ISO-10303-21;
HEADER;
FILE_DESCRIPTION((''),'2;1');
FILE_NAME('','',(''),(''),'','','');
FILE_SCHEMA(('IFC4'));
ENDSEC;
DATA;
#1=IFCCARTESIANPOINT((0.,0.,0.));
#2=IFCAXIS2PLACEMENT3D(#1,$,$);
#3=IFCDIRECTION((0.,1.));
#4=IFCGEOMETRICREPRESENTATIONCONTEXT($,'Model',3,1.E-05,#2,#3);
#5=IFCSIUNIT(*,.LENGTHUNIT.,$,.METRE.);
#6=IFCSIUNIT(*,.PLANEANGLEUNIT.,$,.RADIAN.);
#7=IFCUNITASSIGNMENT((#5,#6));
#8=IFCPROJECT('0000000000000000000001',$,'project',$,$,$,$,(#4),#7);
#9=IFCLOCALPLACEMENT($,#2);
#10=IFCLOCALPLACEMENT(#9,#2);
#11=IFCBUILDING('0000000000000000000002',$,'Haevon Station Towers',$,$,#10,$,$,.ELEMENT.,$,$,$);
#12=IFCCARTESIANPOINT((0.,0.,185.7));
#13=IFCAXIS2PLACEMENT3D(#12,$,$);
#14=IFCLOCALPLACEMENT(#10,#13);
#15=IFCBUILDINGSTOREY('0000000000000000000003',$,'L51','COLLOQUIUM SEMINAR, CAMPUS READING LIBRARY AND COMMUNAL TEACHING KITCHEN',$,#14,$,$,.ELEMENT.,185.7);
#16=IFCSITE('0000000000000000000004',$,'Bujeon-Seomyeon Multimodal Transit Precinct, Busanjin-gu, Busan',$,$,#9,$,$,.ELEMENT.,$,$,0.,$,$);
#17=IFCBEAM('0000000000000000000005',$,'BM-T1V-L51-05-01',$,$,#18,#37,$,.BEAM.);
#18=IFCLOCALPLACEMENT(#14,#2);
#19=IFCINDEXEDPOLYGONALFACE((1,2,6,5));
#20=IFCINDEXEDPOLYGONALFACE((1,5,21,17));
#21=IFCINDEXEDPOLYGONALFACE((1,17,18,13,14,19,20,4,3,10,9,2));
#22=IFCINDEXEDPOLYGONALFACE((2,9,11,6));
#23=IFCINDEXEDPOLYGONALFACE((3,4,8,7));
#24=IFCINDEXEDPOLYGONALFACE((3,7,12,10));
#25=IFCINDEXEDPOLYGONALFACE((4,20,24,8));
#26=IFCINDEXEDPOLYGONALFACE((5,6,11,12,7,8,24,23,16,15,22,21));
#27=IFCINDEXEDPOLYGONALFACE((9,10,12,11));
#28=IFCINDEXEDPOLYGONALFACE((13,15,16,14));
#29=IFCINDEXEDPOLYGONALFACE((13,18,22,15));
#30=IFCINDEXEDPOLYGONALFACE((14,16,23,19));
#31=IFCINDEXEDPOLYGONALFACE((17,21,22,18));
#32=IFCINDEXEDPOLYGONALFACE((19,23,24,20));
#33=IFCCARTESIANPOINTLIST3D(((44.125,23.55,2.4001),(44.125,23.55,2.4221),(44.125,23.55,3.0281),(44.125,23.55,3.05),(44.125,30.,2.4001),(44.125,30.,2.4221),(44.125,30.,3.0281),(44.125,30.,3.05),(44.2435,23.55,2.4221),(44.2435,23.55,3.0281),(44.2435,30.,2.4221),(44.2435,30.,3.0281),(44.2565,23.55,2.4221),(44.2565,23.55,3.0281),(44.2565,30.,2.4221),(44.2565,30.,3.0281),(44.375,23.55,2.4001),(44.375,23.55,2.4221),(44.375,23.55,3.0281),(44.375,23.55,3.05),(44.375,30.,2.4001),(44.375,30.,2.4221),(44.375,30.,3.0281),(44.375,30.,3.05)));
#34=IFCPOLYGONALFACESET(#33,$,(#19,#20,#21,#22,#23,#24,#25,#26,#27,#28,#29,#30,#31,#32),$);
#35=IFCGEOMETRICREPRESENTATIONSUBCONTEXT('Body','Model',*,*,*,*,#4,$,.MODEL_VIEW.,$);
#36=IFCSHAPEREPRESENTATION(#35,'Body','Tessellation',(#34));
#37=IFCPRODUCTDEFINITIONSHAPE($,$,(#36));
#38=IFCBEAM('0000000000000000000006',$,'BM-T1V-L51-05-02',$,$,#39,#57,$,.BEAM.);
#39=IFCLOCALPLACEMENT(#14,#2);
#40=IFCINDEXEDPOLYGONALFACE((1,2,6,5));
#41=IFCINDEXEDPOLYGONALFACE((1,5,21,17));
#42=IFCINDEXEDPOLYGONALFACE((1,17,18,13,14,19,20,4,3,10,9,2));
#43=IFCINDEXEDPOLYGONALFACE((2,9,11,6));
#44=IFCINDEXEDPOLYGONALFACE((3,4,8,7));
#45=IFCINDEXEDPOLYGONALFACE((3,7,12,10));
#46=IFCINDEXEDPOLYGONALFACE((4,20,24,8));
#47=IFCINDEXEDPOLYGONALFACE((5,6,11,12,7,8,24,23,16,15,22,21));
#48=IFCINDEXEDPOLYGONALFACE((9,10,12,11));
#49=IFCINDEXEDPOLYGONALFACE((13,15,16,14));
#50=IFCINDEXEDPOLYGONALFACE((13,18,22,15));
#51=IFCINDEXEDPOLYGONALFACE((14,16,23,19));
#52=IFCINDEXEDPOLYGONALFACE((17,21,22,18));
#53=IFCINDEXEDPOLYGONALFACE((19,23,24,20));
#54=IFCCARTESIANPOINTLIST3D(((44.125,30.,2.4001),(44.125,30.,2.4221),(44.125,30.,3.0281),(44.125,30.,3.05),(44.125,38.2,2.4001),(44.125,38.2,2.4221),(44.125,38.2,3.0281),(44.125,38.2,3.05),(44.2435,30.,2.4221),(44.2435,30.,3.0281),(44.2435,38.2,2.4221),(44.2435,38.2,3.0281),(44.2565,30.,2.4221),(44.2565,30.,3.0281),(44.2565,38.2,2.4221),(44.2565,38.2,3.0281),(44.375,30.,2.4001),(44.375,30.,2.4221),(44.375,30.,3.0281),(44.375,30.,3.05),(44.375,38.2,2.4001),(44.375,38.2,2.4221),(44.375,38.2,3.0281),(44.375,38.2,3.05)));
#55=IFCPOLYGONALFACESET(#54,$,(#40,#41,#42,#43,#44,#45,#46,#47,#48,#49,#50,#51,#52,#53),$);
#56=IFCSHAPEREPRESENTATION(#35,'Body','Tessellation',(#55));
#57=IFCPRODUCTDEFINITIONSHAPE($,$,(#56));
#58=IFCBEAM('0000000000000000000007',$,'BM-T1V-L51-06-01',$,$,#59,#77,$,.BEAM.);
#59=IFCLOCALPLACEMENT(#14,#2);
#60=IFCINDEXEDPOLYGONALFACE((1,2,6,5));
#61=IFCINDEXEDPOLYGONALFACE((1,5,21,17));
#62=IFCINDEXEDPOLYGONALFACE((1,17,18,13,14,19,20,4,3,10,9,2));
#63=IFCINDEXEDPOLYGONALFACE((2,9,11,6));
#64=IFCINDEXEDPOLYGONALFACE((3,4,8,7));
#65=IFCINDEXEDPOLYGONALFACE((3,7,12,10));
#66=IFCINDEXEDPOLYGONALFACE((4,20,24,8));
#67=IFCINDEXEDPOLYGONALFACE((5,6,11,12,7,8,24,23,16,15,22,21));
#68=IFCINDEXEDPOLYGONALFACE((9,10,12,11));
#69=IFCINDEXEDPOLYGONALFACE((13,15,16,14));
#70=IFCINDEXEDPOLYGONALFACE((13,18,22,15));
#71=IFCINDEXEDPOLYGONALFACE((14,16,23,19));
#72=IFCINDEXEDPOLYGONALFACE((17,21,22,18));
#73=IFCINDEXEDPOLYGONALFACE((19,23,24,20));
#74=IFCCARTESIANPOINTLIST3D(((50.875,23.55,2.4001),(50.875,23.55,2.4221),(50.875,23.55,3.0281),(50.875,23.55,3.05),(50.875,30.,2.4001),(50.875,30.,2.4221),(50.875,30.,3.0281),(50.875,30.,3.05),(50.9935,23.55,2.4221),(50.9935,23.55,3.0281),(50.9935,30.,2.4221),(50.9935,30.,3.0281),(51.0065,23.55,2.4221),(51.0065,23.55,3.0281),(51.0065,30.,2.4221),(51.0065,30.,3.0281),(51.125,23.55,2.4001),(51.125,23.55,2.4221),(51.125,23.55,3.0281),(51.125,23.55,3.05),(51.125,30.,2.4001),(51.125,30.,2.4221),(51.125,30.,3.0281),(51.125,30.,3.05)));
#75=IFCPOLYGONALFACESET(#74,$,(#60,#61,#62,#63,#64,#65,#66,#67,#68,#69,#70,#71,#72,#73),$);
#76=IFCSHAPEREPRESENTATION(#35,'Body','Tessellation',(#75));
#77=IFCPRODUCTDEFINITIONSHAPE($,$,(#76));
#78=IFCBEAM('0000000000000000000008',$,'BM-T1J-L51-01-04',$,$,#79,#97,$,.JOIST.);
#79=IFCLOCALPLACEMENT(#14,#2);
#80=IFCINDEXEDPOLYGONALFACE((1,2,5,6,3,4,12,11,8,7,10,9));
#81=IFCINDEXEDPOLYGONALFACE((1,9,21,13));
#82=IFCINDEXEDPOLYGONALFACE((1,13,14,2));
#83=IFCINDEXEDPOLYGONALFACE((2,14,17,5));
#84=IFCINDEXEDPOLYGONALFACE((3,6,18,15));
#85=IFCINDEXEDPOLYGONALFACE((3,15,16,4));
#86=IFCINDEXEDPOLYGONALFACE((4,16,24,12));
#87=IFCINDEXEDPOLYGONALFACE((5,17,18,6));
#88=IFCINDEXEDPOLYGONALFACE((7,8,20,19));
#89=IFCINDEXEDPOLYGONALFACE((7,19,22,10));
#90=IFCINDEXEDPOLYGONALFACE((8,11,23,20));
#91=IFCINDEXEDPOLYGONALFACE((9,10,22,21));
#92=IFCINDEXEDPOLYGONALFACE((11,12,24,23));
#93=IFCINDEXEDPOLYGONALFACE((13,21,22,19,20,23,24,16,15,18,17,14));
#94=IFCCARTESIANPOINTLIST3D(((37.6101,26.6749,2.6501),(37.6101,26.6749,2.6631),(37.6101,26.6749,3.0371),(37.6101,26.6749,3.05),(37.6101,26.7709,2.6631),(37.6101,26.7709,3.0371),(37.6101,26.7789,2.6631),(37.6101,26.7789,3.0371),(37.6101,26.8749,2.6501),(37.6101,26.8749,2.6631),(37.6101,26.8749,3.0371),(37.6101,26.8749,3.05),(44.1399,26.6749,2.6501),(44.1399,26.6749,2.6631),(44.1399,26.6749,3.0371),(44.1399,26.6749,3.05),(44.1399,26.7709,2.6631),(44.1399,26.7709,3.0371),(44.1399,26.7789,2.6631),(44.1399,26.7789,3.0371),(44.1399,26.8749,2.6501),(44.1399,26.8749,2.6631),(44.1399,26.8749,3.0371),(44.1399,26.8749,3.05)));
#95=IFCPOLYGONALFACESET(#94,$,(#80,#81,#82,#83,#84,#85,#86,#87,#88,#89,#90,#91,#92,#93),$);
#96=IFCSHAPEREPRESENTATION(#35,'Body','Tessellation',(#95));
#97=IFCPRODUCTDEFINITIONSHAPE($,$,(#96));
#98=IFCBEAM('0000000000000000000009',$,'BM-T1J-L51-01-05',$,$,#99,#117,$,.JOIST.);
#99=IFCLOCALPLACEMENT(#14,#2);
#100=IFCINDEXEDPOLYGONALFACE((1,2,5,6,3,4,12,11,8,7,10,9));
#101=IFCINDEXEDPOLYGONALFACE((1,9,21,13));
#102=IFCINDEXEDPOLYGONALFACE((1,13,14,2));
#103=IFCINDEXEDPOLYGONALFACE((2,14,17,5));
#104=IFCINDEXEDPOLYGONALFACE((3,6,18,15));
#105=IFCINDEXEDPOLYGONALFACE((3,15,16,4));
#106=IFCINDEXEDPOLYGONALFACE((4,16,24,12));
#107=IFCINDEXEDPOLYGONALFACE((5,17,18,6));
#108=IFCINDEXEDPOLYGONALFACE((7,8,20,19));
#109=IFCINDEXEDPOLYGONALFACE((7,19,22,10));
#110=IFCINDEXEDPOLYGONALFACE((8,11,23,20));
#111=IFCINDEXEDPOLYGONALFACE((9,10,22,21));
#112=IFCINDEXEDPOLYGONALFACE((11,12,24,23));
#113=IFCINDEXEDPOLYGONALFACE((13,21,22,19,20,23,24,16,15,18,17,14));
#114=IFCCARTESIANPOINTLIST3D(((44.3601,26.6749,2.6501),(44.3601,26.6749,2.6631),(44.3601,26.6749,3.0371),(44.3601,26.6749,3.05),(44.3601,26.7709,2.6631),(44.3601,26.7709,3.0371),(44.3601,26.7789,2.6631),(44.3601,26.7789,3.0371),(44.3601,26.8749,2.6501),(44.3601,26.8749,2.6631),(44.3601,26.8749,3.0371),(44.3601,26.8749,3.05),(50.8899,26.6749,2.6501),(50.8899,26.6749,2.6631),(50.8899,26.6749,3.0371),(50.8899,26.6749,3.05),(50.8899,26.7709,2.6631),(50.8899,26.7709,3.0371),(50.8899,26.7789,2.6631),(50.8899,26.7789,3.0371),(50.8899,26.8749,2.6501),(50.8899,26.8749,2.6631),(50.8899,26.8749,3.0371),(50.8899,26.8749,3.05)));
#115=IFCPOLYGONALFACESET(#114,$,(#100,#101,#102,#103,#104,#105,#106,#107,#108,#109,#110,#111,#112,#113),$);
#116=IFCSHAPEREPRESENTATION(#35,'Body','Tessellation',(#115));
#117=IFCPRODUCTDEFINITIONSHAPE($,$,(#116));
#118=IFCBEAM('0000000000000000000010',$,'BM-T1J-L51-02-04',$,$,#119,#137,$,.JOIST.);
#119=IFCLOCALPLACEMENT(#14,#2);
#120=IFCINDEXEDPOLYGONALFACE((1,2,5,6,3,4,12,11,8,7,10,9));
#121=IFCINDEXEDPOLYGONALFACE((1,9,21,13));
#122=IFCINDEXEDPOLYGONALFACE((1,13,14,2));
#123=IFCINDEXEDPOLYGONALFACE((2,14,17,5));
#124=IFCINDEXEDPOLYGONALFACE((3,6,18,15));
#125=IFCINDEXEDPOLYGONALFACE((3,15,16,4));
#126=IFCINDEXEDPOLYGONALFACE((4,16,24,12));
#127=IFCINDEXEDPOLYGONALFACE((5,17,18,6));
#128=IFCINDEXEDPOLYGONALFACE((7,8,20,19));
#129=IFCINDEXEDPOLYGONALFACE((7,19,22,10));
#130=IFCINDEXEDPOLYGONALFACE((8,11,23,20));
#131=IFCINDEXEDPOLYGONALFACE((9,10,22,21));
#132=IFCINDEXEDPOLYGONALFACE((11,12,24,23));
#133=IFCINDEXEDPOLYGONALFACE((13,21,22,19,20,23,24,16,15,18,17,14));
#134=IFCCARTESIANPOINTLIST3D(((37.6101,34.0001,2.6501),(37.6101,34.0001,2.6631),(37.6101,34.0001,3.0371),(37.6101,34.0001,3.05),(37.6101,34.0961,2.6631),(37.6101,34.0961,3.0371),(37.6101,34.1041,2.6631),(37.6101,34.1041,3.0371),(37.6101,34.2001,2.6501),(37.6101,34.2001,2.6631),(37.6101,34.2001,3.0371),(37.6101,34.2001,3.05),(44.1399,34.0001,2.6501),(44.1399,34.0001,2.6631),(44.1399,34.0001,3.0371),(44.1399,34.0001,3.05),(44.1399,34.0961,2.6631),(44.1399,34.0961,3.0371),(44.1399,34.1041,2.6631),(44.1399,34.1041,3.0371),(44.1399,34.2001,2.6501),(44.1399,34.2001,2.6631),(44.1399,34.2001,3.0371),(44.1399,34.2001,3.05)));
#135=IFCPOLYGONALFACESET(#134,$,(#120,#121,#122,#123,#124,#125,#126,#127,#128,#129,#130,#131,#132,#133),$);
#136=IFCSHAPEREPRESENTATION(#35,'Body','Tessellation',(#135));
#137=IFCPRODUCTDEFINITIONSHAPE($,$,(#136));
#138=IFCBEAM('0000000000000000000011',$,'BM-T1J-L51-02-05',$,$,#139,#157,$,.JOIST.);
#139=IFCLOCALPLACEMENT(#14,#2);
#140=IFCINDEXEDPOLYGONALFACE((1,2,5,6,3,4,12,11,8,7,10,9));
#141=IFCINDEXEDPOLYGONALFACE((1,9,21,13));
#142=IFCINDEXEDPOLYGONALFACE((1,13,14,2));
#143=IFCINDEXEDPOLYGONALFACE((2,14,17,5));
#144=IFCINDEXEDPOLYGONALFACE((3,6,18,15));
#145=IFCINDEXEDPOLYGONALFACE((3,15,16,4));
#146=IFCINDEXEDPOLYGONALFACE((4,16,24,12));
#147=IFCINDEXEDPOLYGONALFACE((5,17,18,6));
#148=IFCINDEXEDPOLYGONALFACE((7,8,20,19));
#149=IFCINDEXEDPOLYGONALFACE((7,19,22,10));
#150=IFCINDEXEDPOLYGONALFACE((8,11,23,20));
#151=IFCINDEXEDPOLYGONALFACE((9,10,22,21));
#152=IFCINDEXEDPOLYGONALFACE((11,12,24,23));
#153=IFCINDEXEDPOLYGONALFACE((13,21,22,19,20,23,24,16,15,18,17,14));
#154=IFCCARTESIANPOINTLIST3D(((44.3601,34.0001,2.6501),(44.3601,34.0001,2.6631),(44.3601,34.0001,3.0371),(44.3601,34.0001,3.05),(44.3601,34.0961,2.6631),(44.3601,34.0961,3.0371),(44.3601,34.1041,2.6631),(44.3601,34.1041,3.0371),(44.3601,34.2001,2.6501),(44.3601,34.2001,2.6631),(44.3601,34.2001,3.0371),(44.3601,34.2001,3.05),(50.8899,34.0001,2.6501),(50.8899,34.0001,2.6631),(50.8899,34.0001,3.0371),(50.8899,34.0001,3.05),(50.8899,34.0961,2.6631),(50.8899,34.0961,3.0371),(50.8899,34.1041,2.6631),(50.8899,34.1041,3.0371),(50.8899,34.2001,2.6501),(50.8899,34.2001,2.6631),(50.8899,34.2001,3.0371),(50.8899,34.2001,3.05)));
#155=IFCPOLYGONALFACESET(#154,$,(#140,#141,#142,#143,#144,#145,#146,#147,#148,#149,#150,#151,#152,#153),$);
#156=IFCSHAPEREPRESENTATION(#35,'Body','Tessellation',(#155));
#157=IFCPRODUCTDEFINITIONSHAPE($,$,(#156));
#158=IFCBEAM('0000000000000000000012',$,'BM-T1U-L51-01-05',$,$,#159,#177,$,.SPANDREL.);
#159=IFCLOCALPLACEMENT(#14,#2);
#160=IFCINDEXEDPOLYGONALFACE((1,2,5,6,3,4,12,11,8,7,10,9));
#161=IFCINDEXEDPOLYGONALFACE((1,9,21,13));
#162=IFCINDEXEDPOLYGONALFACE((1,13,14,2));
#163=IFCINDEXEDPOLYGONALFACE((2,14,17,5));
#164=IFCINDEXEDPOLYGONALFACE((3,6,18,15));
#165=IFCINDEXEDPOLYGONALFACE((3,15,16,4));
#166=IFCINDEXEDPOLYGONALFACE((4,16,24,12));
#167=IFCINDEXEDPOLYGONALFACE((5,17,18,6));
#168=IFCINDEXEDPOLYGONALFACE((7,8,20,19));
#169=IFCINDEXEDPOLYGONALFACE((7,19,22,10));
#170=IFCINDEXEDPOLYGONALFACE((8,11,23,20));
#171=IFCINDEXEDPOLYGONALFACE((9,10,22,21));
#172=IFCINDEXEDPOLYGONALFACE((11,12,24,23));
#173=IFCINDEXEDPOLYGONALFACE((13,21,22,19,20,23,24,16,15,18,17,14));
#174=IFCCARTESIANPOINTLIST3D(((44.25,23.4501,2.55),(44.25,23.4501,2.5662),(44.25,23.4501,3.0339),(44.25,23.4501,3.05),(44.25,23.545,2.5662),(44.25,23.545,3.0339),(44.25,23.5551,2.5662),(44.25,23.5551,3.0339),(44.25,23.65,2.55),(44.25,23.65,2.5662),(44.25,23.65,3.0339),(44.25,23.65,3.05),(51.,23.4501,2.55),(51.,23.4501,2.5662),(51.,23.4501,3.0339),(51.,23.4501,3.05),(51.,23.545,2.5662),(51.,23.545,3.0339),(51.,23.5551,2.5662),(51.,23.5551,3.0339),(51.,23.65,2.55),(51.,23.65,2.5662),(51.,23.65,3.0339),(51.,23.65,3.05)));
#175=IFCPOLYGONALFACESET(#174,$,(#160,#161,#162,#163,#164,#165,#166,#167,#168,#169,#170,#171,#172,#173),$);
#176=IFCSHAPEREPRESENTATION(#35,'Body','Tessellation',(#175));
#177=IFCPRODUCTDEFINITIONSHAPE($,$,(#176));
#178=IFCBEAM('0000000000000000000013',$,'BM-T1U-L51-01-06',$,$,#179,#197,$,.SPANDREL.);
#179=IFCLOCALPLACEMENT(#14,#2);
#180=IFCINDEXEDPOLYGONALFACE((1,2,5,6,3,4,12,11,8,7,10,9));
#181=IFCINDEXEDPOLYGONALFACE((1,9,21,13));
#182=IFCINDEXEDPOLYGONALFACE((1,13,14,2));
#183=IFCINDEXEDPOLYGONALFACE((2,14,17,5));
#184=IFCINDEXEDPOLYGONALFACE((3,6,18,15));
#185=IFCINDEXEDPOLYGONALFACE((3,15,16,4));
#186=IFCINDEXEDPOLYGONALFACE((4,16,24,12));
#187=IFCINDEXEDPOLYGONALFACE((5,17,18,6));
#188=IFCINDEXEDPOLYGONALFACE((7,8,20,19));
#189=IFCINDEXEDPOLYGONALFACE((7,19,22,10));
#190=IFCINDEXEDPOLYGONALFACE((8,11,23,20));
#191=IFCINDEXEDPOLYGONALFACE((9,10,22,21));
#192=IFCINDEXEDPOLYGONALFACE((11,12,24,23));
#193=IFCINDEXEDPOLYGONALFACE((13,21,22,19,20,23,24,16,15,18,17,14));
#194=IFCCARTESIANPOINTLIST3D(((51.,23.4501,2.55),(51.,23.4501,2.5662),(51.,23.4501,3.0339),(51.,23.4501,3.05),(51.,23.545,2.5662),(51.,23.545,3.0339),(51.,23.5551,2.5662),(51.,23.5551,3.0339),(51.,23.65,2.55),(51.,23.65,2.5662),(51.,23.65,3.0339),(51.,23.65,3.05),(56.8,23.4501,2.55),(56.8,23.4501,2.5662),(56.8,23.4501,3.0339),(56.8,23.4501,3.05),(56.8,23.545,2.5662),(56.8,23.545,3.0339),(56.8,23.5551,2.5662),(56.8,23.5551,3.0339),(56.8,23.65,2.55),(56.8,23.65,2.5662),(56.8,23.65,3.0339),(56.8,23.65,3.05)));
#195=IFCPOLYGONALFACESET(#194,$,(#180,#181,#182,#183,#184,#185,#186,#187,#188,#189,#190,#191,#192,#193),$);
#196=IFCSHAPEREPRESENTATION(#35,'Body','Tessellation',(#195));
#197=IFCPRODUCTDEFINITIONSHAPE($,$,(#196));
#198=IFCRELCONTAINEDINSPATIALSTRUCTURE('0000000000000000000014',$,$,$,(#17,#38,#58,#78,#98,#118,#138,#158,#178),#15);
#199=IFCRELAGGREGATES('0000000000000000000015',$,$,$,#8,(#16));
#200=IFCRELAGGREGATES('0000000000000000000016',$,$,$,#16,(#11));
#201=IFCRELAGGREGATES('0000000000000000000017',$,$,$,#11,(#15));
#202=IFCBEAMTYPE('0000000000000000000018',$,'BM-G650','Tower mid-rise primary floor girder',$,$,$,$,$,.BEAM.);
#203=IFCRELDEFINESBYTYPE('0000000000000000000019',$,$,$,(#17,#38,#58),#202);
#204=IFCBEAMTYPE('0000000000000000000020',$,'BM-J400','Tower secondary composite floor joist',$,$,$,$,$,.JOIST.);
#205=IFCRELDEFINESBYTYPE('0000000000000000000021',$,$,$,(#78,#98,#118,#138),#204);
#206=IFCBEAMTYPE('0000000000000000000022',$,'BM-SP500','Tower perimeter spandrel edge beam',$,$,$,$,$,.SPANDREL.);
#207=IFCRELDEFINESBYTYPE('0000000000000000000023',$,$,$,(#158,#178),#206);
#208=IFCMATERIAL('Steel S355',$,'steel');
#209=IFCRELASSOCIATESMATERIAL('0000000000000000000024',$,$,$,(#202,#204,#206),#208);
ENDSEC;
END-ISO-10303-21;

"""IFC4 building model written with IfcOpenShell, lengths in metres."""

from ifc_helpers import new_model, si_unit, direction, frame, origin, origin_2d, place, context, subcontext, project, spatial, i_section, extrude, material, material_profile, profile_set, type_object, element, save


model = new_model("IFC4")

# Units and contexts
model_context = context("Model", 3, precision=1e-05, world=origin(), true_north=direction((0.0, 1.0)))
body_context = subcontext(model_context, "Body", "Model", "MODEL_VIEW")
ifc_project = project(units=[si_unit("LENGTHUNIT", "METRE"), si_unit("PLANEANGLEUNIT", "RADIAN")], contexts=[model_context])

# Site, building, storey
site_placement = place(None, origin())
site = spatial("IfcSite", under=ifc_project, at=site_placement, Name="Bujeon-Seomyeon Multimodal Transit Precinct, Busanjin-gu, Busan", CompositionType="ELEMENT", RefElevation=0.0)
building_placement = place(site_placement, origin())
building = spatial("IfcBuilding", under=site, at=building_placement, Name="Haevon Station Towers", CompositionType="ELEMENT")
storey_placement = place(building_placement, frame((0.0, 0.0, 185.7)))
storey = spatial("IfcBuildingStorey", under=building, at=storey_placement, Name="L51", Description="COLLOQUIUM SEMINAR, CAMPUS READING LIBRARY AND COMMUNAL TEACHING KITCHEN", CompositionType="ELEMENT", Elevation=185.7)

# Shared definitions
ifc_material_1 = material(Name="Steel S355", Category="steel")

# Beams
ifc_material_profile_1 = material_profile(ifc_material_1, i_section(OverallWidth=0.25, OverallDepth=0.6499, WebThickness=0.0129, FlangeThickness=0.022, at=origin_2d()), Name="H-650x250x13x22")
ifc_profile_set_1 = profile_set([ifc_material_profile_1], Name="Steel S355")
beam_type_1 = type_object("IfcBeamType", Name="BM-G650", Description="Tower mid-rise primary floor girder", PredefinedType="BEAM", material=ifc_profile_set_1)
beam_1_placement = place(storey_placement, frame((44.25, 23.55, 2.7251), z_axis=(0.0, 1.0, 0.0), x_axis=(-1.0, 0.0, 0.0)))
element("IfcBeam", 1, at=beam_1_placement, inside=storey, type_object=beam_type_1, Name="BM-T1V-L51-05-01", PredefinedType="BEAM", context=body_context, shape_type="SweptSolid", body=[
    extrude(i_section(OverallWidth=0.25, OverallDepth=0.6499, WebThickness=0.0129, FlangeThickness=0.022, at=origin_2d()), origin(), (0.0, 0.0, 1.0), 6.45),
])
beam_2_placement = place(storey_placement, frame((44.25, 30.0, 2.7251), z_axis=(0.0, 1.0, 0.0), x_axis=(-1.0, 0.0, 0.0)))
element("IfcBeam", 2, at=beam_2_placement, inside=storey, type_object=beam_type_1, Name="BM-T1V-L51-05-02", PredefinedType="BEAM", context=body_context, shape_type="SweptSolid", body=[
    extrude(i_section(OverallWidth=0.25, OverallDepth=0.6499, WebThickness=0.0129, FlangeThickness=0.022, at=origin_2d()), origin(), (0.0, 0.0, 1.0), 8.2),
])
beam_3_placement = place(storey_placement, frame((51.0, 23.55, 2.7251), z_axis=(0.0, 1.0, 0.0), x_axis=(-1.0, 0.0, 0.0)))
element("IfcBeam", 3, at=beam_3_placement, inside=storey, type_object=beam_type_1, Name="BM-T1V-L51-06-01", PredefinedType="BEAM", context=body_context, shape_type="SweptSolid", body=[
    extrude(i_section(OverallWidth=0.25, OverallDepth=0.6499, WebThickness=0.0129, FlangeThickness=0.022, at=origin_2d()), origin(), (0.0, 0.0, 1.0), 6.45),
])
ifc_material_profile_2 = material_profile(ifc_material_1, i_section(OverallWidth=0.2, OverallDepth=0.3999, WebThickness=0.0081, FlangeThickness=0.0129, at=origin_2d()), Name="H-400x200x8x13")
ifc_profile_set_2 = profile_set([ifc_material_profile_2], Name="Steel S355")
beam_type_2 = type_object("IfcBeamType", Name="BM-J400", Description="Tower secondary composite floor joist", PredefinedType="JOIST", material=ifc_profile_set_2)
for number, where, z_axis, x_axis, name in (
    (4, (37.6101, 26.7749, 2.8501), (1.0, 0.0, 0.0), (0.0, 1.0, 0.0), "BM-T1J-L51-01-04"),
    (5, (44.3601, 26.7749, 2.8501), (1.0, 0.0, 0.0), (0.0, 1.0, 0.0), "BM-T1J-L51-01-05"),
    (6, (37.6101, 34.1001, 2.8501), (1.0, 0.0, 0.0), (0.0, 1.0, 0.0), "BM-T1J-L51-02-04"),
    (7, (44.3601, 34.1001, 2.8501), (1.0, 0.0, 0.0), (0.0, 1.0, 0.0), "BM-T1J-L51-02-05"),
):
    element("IfcBeam", number, at=place(storey_placement, frame(where, z_axis=z_axis, x_axis=x_axis)), inside=storey, type_object=beam_type_2, Name=name, PredefinedType="JOIST", context=body_context, shape_type="SweptSolid", body=[
        extrude(i_section(OverallWidth=0.2, OverallDepth=0.3999, WebThickness=0.0081, FlangeThickness=0.0129, at=origin_2d()), origin(), (0.0, 0.0, 1.0), 6.5298),
    ])
ifc_material_profile_3 = material_profile(ifc_material_1, i_section(OverallWidth=0.2, OverallDepth=0.5, WebThickness=0.01, FlangeThickness=0.0161, at=origin_2d()), Name="H-500x200x10x16")
ifc_profile_set_3 = profile_set([ifc_material_profile_3], Name="Steel S355")
beam_type_3 = type_object("IfcBeamType", Name="BM-SP500", Description="Tower perimeter spandrel edge beam", PredefinedType="SPANDREL", material=ifc_profile_set_3)
beam_4_placement = place(storey_placement, frame((44.25, 23.55, 2.8), z_axis=(1.0, 0.0, 0.0), x_axis=(0.0, 1.0, 0.0)))
element("IfcBeam", 8, at=beam_4_placement, inside=storey, type_object=beam_type_3, Name="BM-T1U-L51-01-05", PredefinedType="SPANDREL", context=body_context, shape_type="SweptSolid", body=[
    extrude(i_section(OverallWidth=0.2, OverallDepth=0.5, WebThickness=0.01, FlangeThickness=0.0161, at=origin_2d()), origin(), (0.0, 0.0, 1.0), 6.75),
])
beam_5_placement = place(storey_placement, frame((51.0, 23.55, 2.8), z_axis=(1.0, 0.0, 0.0), x_axis=(0.0, 1.0, 0.0)))
element("IfcBeam", 9, at=beam_5_placement, inside=storey, type_object=beam_type_3, Name="BM-T1U-L51-01-06", PredefinedType="SPANDREL", context=body_context, shape_type="SweptSolid", body=[
    extrude(i_section(OverallWidth=0.2, OverallDepth=0.5, WebThickness=0.01, FlangeThickness=0.0161, at=origin_2d()), origin(), (0.0, 0.0, 1.0), 5.8),
])

save(model, "model.ifc")
